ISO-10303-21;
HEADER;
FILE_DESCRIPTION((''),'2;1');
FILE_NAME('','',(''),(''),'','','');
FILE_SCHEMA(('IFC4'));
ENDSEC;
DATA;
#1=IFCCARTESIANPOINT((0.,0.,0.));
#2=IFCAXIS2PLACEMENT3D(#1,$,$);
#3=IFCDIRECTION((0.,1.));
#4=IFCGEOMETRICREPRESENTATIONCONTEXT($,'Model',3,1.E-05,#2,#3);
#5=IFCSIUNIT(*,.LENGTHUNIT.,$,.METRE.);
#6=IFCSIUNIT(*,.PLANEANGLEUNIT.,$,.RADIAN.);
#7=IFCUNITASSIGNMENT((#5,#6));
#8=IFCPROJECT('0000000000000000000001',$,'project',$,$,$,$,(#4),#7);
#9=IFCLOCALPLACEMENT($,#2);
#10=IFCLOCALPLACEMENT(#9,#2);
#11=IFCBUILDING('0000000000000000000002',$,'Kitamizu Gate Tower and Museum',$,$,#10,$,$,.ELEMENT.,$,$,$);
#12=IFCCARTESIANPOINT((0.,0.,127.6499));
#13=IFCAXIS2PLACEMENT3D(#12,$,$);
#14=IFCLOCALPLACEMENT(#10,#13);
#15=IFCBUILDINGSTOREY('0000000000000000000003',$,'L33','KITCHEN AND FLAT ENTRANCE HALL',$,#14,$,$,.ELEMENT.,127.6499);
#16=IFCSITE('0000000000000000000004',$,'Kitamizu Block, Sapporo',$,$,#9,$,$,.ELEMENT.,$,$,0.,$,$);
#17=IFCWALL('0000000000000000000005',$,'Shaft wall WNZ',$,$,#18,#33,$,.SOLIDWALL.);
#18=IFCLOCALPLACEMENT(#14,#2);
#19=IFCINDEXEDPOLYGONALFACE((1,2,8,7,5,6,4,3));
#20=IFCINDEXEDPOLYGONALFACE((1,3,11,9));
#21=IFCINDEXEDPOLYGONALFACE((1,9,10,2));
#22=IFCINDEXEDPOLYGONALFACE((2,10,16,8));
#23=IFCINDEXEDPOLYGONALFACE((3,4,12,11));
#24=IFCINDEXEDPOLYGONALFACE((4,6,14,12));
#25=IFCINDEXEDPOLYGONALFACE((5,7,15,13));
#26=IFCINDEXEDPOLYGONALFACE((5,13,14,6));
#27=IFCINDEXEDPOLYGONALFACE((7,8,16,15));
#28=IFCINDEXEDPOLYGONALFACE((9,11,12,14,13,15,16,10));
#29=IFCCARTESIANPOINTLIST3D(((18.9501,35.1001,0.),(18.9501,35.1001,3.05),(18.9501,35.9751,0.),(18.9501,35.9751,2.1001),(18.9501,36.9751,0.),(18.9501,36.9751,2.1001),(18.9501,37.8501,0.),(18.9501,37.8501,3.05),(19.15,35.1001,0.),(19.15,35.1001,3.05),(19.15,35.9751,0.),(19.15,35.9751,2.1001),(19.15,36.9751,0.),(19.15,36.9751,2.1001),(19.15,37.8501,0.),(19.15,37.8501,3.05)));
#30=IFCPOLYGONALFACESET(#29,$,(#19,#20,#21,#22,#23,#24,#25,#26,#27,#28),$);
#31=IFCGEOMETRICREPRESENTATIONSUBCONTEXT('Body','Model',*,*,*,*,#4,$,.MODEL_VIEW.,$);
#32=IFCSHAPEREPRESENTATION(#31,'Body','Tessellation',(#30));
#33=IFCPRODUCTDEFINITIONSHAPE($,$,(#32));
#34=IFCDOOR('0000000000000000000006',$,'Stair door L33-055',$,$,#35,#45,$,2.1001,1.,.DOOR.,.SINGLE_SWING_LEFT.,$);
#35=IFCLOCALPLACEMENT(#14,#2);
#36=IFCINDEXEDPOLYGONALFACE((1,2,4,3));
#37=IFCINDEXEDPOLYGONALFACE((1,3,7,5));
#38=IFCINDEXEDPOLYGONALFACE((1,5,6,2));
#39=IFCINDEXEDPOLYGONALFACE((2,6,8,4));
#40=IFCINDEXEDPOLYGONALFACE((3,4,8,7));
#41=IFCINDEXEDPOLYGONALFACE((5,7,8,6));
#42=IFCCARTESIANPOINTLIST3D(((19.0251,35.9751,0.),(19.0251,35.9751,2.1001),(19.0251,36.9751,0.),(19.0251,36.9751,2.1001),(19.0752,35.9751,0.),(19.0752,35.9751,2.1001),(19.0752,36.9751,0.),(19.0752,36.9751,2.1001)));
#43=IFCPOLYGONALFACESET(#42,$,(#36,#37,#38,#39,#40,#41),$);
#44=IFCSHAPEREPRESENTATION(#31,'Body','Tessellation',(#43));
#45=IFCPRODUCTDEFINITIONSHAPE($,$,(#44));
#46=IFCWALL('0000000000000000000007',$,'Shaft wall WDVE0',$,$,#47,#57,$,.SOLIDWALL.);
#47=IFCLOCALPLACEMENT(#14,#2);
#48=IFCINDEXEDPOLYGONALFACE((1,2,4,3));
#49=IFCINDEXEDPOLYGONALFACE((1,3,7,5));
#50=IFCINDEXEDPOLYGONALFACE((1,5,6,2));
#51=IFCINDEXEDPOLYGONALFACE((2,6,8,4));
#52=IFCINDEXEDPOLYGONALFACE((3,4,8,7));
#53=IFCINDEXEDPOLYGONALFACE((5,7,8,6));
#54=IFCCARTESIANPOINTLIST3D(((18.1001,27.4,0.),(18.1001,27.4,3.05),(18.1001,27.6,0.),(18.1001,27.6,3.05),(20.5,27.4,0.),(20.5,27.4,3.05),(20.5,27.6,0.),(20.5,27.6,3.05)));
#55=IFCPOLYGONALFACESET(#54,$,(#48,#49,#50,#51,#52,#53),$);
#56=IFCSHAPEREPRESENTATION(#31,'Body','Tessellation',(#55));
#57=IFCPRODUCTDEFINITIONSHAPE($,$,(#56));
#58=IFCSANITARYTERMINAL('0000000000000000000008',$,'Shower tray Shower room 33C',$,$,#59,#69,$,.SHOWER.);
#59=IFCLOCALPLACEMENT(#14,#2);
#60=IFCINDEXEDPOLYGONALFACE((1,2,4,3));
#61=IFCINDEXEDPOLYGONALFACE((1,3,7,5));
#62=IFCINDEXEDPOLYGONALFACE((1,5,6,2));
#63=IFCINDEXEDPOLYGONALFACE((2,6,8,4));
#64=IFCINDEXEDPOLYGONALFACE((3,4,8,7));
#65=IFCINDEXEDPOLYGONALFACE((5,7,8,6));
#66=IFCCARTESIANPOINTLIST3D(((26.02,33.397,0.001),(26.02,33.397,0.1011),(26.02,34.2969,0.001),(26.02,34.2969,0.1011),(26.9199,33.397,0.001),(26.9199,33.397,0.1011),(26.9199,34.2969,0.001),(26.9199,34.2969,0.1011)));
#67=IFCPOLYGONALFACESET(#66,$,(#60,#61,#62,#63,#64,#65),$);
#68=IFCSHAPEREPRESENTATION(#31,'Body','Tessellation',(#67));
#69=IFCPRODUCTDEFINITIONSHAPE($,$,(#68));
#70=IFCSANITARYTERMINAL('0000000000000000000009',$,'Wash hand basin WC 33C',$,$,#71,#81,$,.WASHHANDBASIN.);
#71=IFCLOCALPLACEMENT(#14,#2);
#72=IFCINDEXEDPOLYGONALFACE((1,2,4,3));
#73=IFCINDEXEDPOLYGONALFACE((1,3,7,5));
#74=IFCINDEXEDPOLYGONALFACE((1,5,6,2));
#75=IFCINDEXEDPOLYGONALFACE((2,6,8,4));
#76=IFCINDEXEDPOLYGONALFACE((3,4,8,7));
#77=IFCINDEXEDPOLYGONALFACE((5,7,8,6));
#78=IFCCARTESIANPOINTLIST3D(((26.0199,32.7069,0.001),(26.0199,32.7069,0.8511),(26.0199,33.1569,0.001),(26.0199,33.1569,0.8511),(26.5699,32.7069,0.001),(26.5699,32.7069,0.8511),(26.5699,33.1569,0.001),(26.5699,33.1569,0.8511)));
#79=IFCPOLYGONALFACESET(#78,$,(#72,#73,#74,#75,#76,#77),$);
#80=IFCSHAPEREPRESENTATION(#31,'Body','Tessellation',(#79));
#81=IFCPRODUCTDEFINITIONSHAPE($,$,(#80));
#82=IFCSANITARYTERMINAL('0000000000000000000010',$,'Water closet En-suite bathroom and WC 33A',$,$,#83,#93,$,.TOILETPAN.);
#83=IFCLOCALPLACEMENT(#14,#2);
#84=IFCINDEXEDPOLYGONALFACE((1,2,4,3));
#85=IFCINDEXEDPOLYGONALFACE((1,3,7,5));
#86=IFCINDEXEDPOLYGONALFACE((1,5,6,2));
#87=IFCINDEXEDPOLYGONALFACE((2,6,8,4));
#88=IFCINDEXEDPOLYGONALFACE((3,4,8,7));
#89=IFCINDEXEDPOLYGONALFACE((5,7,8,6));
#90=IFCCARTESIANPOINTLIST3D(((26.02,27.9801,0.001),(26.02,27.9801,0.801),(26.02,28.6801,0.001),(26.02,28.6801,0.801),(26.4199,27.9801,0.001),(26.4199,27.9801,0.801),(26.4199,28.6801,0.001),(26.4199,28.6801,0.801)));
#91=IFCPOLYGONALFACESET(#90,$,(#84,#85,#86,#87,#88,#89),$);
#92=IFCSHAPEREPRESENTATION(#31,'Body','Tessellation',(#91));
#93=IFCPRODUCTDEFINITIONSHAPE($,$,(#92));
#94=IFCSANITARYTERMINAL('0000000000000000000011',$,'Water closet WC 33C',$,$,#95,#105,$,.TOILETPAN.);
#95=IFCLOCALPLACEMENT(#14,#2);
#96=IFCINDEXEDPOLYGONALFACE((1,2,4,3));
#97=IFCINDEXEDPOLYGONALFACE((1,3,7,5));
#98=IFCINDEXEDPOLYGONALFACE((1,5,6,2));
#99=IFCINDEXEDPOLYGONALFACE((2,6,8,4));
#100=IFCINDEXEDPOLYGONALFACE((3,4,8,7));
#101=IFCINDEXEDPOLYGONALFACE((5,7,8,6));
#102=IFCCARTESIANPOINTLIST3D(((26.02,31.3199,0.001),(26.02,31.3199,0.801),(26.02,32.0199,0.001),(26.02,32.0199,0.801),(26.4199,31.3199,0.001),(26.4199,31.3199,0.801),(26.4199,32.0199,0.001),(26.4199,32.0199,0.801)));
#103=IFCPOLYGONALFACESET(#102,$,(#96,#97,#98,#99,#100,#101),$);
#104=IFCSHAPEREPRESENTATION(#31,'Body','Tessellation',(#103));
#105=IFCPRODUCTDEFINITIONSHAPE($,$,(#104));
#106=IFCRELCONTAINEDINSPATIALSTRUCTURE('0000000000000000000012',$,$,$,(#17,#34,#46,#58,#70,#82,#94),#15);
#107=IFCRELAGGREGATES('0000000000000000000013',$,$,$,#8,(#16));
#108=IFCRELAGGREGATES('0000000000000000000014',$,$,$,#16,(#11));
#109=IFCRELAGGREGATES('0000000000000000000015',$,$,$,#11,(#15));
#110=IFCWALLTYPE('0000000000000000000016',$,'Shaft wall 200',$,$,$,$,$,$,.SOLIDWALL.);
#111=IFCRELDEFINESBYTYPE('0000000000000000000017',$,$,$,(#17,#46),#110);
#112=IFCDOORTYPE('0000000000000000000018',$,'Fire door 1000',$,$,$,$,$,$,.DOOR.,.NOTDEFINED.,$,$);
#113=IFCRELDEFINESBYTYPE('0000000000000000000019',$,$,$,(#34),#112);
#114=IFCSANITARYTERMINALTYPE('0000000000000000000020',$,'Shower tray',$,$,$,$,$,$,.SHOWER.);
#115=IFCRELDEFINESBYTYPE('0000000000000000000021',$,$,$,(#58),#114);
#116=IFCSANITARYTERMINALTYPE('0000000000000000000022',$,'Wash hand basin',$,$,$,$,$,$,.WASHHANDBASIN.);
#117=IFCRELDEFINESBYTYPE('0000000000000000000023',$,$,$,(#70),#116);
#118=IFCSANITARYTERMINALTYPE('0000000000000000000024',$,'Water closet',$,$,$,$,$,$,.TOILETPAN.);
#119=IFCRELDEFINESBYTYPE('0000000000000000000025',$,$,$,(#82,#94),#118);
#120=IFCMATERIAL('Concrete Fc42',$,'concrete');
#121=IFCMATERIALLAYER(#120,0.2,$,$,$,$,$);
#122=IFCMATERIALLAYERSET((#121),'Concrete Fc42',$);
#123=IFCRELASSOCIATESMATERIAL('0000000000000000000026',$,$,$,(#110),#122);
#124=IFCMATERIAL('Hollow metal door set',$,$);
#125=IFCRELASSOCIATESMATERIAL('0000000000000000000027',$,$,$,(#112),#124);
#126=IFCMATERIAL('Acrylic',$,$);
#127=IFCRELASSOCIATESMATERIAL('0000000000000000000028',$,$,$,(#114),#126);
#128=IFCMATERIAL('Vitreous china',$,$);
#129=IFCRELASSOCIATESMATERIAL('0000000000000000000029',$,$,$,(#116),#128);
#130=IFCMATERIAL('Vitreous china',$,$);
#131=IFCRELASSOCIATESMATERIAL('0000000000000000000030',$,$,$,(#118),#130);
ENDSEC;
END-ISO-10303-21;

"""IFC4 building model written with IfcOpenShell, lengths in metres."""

from ifc_helpers import new_model, si_unit, direction, frame, frame_2d, origin, origin_2d, place, context, subcontext, project, spatial, rectangle, extrude, material, layer, layer_set, type_object, element, fill, save


model = new_model("IFC4")

# Units and contexts
model_context = context("Model", 3, precision=1e-05, world=origin(), true_north=direction((0.0, 1.0)))
body_context = subcontext(model_context, "Body", "Model", "MODEL_VIEW")
ifc_project = project(units=[si_unit("LENGTHUNIT", "METRE"), si_unit("PLANEANGLEUNIT", "RADIAN")], contexts=[model_context])

# Site, building, storey
site_placement = place(None, origin())
site = spatial("IfcSite", under=ifc_project, at=site_placement, Name="Kitamizu Block, Sapporo", CompositionType="ELEMENT", RefElevation=0.0)
building_placement = place(site_placement, origin())
building = spatial("IfcBuilding", under=site, at=building_placement, Name="Kitamizu Gate Tower and Museum", CompositionType="ELEMENT")
storey_placement = place(building_placement, frame((0.0, 0.0, 127.6499)))
storey = spatial("IfcBuildingStorey", under=building, at=storey_placement, Name="L33", Description="KITCHEN AND FLAT ENTRANCE HALL", CompositionType="ELEMENT", Elevation=127.6499)

# Wall, opening, door
ifc_material_1 = material(Name="Concrete Fc42", Category="concrete")
ifc_layer_1 = layer(ifc_material_1, 0.2)
ifc_layer_set_1 = layer_set([ifc_layer_1], Name="Concrete Fc42")
wall_type_1 = type_object("IfcWallType", Name="Shaft wall 200", PredefinedType="SOLIDWALL", material=ifc_layer_set_1)
wall_1_placement = place(storey_placement, frame((19.05, 35.1001, 0.0), z_axis=(0.0, 0.0, 1.0), x_axis=(0.0, 1.0, 0.0)))
wall_1 = element("IfcWall", 1, at=wall_1_placement, inside=storey, type_object=wall_type_1, Name="Shaft wall WNZ", PredefinedType="SOLIDWALL", context=body_context, shape_type="SweptSolid", body=[
    extrude(rectangle(XDim=2.75, YDim=0.2, at=frame_2d((1.375, 0.0))), origin(), (0.0, 0.0, 1.0), 3.05),
])
opening_1_placement = place(wall_1_placement, frame((0.875, 0.0, 0.0)))
opening_1 = element("IfcOpeningElement", 2, at=opening_1_placement, cuts=wall_1, PredefinedType="OPENING", context=body_context, shape_type="SweptSolid", body=[
    extrude(rectangle(XDim=1.0, YDim=2.1001, at=frame_2d((0.5, 1.05))), frame((0.0, 0.1099, 0.0), z_axis=(0.0, -1.0, 0.0), x_axis=(1.0, 0.0, 0.0)), (0.0, 0.0, 1.0), 0.22),
])
ifc_material_2 = material(Name="Hollow metal door set")
door_type_1 = type_object("IfcDoorType", Name="Fire door 1000", OperationType="NOTDEFINED", PredefinedType="DOOR", material=ifc_material_2)
door_1_placement = place(opening_1_placement, origin())
door_1 = element("IfcDoor", 3, at=door_1_placement, inside=storey, type_object=door_type_1, Name="Stair door L33-055", OperationType="SINGLE_SWING_LEFT", OverallHeight=2.1001, OverallWidth=1.0, PredefinedType="DOOR", context=body_context, shape_type="SweptSolid", body=[
    extrude(rectangle(XDim=1.0, YDim=2.1001, at=frame_2d((0.5, 1.05))), frame((0.0, 0.0249, 0.0), z_axis=(0.0, -1.0, 0.0), x_axis=(1.0, 0.0, 0.0)), (0.0, 0.0, 1.0), 0.05),
])
fill(opening_1, door_1)

# Wall
wall_2_placement = place(storey_placement, frame((18.1001, 27.5, 0.0), z_axis=(0.0, 0.0, 1.0), x_axis=(1.0, 0.0, 0.0)))
element("IfcWall", 4, at=wall_2_placement, inside=storey, type_object=wall_type_1, Name="Shaft wall WDVE0", PredefinedType="SOLIDWALL", context=body_context, shape_type="SweptSolid", body=[
    extrude(rectangle(XDim=2.3999, YDim=0.2, at=frame_2d((1.2, 0.0))), origin(), (0.0, 0.0, 1.0), 3.05),
])

# Sanitary terminals
ifc_material_3 = material(Name="Acrylic")
sanitary_terminal_type_1 = type_object("IfcSanitaryTerminalType", Name="Shower tray", PredefinedType="SHOWER", material=ifc_material_3)
sanitary_terminal_1_placement = place(storey_placement, frame((26.47, 33.8469, 0.001), z_axis=(0.0, 0.0, 1.0), x_axis=(1.0, 0.0, 0.0)))
element("IfcSanitaryTerminal", 5, at=sanitary_terminal_1_placement, inside=storey, type_object=sanitary_terminal_type_1, Name="Shower tray Shower room 33C", PredefinedType="SHOWER", context=body_context, shape_type="SweptSolid", body=[
    extrude(rectangle(XDim=0.8999, YDim=0.8999, at=origin_2d()), origin(), (0.0, 0.0, 1.0), 0.1001),
])
ifc_material_4 = material(Name="Vitreous china")
sanitary_terminal_type_2 = type_object("IfcSanitaryTerminalType", Name="Wash hand basin", PredefinedType="WASHHANDBASIN", material=ifc_material_4)
sanitary_terminal_2_placement = place(storey_placement, frame((26.2949, 32.9319, 0.001), z_axis=(0.0, 0.0, 1.0), x_axis=(1.0, 0.0, 0.0)))
element("IfcSanitaryTerminal", 6, at=sanitary_terminal_2_placement, inside=storey, type_object=sanitary_terminal_type_2, Name="Wash hand basin WC 33C", PredefinedType="WASHHANDBASIN", context=body_context, shape_type="SweptSolid", body=[
    extrude(rectangle(XDim=0.55, YDim=0.45, at=origin_2d()), origin(), (0.0, 0.0, 1.0), 0.8501),
])
ifc_material_5 = material(Name="Vitreous china")
sanitary_terminal_type_3 = type_object("IfcSanitaryTerminalType", Name="Water closet", PredefinedType="TOILETPAN", material=ifc_material_5)
for number, where, z_axis, x_axis, name in (
    (7, (26.22, 28.3301, 0.001), (0.0, 0.0, 1.0), (1.0, 0.0, 0.0), "Water closet En-suite bathroom and WC 33A"),
    (8, (26.22, 31.6699, 0.001), (0.0, 0.0, 1.0), (1.0, 0.0, 0.0), "Water closet WC 33C"),
):
    element("IfcSanitaryTerminal", number, at=place(storey_placement, frame(where, z_axis=z_axis, x_axis=x_axis)), inside=storey, type_object=sanitary_terminal_type_3, Name=name, PredefinedType="TOILETPAN", context=body_context, shape_type="SweptSolid", body=[
        extrude(rectangle(XDim=0.3999, YDim=0.7, at=origin_2d()), origin(), (0.0, 0.0, 1.0), 0.8),
    ])

save(model, "model.ifc")
